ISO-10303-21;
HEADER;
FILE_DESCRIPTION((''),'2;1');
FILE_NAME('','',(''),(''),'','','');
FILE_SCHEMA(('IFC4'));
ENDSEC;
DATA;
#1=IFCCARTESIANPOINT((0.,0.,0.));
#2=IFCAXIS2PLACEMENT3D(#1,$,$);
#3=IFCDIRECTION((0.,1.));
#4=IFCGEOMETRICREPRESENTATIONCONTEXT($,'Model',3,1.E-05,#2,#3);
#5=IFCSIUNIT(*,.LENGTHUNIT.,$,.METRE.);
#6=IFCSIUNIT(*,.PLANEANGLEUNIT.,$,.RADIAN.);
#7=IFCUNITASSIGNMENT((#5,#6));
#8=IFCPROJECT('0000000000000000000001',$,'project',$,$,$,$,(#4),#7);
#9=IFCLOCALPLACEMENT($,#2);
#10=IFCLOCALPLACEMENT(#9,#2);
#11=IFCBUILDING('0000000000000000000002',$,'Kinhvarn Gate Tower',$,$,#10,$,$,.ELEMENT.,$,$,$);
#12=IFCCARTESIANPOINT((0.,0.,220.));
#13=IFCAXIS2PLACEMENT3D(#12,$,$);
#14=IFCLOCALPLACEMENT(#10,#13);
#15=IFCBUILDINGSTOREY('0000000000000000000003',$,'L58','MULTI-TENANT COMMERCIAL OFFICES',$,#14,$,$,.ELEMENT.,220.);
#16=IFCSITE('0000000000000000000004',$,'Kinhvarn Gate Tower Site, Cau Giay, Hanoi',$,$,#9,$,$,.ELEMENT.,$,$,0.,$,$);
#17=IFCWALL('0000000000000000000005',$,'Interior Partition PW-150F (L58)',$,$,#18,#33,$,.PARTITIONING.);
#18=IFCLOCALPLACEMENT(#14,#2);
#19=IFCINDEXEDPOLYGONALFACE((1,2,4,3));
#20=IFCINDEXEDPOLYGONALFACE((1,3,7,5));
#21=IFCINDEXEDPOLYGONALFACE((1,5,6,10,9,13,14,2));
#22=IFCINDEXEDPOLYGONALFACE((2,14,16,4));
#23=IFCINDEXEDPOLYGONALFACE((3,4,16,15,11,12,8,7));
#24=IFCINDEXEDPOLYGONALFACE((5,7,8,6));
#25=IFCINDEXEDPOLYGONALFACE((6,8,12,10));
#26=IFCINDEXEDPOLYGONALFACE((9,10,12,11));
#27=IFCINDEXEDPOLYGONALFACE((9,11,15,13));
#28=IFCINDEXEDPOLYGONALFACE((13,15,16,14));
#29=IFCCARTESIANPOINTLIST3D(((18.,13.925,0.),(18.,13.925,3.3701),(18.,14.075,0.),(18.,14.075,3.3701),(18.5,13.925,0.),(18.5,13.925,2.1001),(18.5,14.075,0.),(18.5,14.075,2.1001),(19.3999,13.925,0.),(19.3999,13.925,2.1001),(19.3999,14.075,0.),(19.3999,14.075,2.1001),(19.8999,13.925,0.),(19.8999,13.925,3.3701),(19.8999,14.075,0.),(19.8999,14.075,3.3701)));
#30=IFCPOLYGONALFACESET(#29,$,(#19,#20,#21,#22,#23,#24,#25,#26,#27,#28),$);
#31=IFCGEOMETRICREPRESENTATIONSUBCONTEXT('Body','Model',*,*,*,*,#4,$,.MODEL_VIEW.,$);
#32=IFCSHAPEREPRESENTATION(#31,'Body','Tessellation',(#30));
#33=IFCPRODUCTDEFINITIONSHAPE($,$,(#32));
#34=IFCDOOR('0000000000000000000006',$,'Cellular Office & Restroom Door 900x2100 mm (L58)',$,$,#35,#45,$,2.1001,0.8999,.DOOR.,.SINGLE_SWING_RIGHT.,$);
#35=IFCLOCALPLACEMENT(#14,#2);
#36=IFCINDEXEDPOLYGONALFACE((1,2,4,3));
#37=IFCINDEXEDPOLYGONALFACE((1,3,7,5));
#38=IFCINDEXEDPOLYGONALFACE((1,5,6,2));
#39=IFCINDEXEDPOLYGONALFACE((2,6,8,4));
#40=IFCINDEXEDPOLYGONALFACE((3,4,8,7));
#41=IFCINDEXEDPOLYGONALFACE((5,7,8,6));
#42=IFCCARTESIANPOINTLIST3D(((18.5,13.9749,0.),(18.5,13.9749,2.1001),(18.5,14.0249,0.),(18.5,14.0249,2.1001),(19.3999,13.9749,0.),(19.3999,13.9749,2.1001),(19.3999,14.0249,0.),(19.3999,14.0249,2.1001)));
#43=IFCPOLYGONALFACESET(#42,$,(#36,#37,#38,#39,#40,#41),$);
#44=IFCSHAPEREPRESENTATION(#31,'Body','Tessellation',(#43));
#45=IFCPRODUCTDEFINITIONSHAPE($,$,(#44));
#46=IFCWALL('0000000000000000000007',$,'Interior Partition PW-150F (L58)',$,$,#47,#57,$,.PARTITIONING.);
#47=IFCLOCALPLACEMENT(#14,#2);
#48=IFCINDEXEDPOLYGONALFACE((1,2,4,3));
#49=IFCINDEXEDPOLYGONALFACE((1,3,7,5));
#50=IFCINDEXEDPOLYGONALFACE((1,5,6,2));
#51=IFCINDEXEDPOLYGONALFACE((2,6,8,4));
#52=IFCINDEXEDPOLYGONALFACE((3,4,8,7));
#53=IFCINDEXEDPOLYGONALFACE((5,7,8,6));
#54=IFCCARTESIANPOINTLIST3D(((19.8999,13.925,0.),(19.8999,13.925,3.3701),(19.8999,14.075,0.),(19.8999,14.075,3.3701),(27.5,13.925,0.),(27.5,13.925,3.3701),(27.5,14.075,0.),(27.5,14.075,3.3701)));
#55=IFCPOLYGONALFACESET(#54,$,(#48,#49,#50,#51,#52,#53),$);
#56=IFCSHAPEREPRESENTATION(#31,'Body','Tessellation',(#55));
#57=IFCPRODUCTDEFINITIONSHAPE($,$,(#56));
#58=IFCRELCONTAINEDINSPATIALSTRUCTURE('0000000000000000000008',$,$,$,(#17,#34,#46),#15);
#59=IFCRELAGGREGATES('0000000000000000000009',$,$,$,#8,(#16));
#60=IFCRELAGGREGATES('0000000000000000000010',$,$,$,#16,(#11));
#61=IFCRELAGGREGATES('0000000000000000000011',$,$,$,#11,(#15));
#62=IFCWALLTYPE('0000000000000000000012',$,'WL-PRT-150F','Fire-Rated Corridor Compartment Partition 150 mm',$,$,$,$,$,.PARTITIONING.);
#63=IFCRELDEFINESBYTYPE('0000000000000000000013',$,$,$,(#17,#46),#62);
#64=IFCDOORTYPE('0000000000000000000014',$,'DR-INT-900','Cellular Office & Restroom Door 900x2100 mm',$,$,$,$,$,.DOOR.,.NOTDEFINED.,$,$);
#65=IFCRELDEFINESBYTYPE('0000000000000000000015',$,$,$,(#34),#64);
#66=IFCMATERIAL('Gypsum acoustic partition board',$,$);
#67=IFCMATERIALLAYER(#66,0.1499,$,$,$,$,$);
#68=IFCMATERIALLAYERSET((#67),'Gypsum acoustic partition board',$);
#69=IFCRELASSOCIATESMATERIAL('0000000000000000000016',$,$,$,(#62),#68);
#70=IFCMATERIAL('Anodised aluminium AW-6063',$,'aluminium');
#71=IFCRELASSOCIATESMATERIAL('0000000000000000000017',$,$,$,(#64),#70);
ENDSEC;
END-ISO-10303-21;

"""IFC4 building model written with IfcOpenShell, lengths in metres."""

from ifc_helpers import new_model, si_unit, direction, frame, frame_2d, origin, place, context, subcontext, project, spatial, rectangle, extrude, material, layer, layer_set, type_object, element, fill, save


model = new_model("IFC4")

# Units and contexts
model_context = context("Model", 3, precision=1e-05, world=origin(), true_north=direction((0.0, 1.0)))
body_context = subcontext(model_context, "Body", "Model", "MODEL_VIEW")
ifc_project = project(units=[si_unit("LENGTHUNIT", "METRE"), si_unit("PLANEANGLEUNIT", "RADIAN")], contexts=[model_context])

# Site, building, storey
site_placement = place(None, origin())
site = spatial("IfcSite", under=ifc_project, at=site_placement, Name="Kinhvarn Gate Tower Site, Cau Giay, Hanoi", CompositionType="ELEMENT", RefElevation=0.0)
building_placement = place(site_placement, origin())
building = spatial("IfcBuilding", under=site, at=building_placement, Name="Kinhvarn Gate Tower", CompositionType="ELEMENT")
storey_placement = place(building_placement, frame((0.0, 0.0, 220.0)))
storey = spatial("IfcBuildingStorey", under=building, at=storey_placement, Name="L58", Description="MULTI-TENANT COMMERCIAL OFFICES", CompositionType="ELEMENT", Elevation=220.0)

# Shared definitions
ifc_material_1 = material(Name="Anodised aluminium AW-6063", Category="aluminium")

# Wall, opening, door
ifc_material_2 = material(Name="Gypsum acoustic partition board")
ifc_layer_1 = layer(ifc_material_2, 0.1499)
ifc_layer_set_1 = layer_set([ifc_layer_1], Name="Gypsum acoustic partition board")
wall_type_1 = type_object("IfcWallType", Name="WL-PRT-150F", Description="Fire-Rated Corridor Compartment Partition 150 mm", PredefinedType="PARTITIONING", material=ifc_layer_set_1)
wall_1_placement = place(storey_placement, frame((18.0, 14.0, 0.0), z_axis=(0.0, 0.0, 1.0), x_axis=(1.0, 0.0, 0.0)))
wall_1 = element("IfcWall", 1, at=wall_1_placement, inside=storey, type_object=wall_type_1, Name="Interior Partition PW-150F (L58)", PredefinedType="PARTITIONING", context=body_context, shape_type="SweptSolid", body=[
    extrude(rectangle(XDim=1.8999, YDim=0.1499, at=frame_2d((0.95, 0.0))), origin(), (0.0, 0.0, 1.0), 3.3701),
])
opening_placement = place(wall_1_placement, frame((0.5, 0.0, 0.0)))
opening = element("IfcOpeningElement", 2, at=opening_placement, cuts=wall_1, PredefinedType="OPENING", context=body_context, shape_type="SweptSolid", body=[
    extrude(rectangle(XDim=0.8999, YDim=2.1001, at=frame_2d((0.45, 1.05))), frame((0.0, 0.085, 0.0), z_axis=(0.0, -1.0, 0.0), x_axis=(1.0, 0.0, 0.0)), (0.0, 0.0, 1.0), 0.1699),
])
door_type = type_object("IfcDoorType", Name="DR-INT-900", Description="Cellular Office & Restroom Door 900x2100 mm", OperationType="NOTDEFINED", PredefinedType="DOOR", material=ifc_material_1)
door_placement = place(opening_placement, origin())
door = element("IfcDoor", 3, at=door_placement, inside=storey, type_object=door_type, Name="Cellular Office & Restroom Door 900x2100 mm (L58)", OperationType="SINGLE_SWING_RIGHT", OverallHeight=2.1001, OverallWidth=0.8999, PredefinedType="DOOR", context=body_context, shape_type="SweptSolid", body=[
    extrude(rectangle(XDim=0.8999, YDim=2.1001, at=frame_2d((0.45, 1.05))), frame((0.0, 0.0249, 0.0), z_axis=(0.0, -1.0, 0.0), x_axis=(1.0, 0.0, 0.0)), (0.0, 0.0, 1.0), 0.05),
])
fill(opening, door)

# Wall
wall_2_placement = place(storey_placement, frame((19.8999, 14.0, 0.0), z_axis=(0.0, 0.0, 1.0), x_axis=(1.0, 0.0, 0.0)))
element("IfcWall", 4, at=wall_2_placement, inside=storey, type_object=wall_type_1, Name="Interior Partition PW-150F (L58)", PredefinedType="PARTITIONING", context=body_context, shape_type="SweptSolid", body=[
    extrude(rectangle(XDim=7.6001, YDim=0.1499, at=frame_2d((3.8, 0.0))), origin(), (0.0, 0.0, 1.0), 3.3701),
])

save(model, "model.ifc")
